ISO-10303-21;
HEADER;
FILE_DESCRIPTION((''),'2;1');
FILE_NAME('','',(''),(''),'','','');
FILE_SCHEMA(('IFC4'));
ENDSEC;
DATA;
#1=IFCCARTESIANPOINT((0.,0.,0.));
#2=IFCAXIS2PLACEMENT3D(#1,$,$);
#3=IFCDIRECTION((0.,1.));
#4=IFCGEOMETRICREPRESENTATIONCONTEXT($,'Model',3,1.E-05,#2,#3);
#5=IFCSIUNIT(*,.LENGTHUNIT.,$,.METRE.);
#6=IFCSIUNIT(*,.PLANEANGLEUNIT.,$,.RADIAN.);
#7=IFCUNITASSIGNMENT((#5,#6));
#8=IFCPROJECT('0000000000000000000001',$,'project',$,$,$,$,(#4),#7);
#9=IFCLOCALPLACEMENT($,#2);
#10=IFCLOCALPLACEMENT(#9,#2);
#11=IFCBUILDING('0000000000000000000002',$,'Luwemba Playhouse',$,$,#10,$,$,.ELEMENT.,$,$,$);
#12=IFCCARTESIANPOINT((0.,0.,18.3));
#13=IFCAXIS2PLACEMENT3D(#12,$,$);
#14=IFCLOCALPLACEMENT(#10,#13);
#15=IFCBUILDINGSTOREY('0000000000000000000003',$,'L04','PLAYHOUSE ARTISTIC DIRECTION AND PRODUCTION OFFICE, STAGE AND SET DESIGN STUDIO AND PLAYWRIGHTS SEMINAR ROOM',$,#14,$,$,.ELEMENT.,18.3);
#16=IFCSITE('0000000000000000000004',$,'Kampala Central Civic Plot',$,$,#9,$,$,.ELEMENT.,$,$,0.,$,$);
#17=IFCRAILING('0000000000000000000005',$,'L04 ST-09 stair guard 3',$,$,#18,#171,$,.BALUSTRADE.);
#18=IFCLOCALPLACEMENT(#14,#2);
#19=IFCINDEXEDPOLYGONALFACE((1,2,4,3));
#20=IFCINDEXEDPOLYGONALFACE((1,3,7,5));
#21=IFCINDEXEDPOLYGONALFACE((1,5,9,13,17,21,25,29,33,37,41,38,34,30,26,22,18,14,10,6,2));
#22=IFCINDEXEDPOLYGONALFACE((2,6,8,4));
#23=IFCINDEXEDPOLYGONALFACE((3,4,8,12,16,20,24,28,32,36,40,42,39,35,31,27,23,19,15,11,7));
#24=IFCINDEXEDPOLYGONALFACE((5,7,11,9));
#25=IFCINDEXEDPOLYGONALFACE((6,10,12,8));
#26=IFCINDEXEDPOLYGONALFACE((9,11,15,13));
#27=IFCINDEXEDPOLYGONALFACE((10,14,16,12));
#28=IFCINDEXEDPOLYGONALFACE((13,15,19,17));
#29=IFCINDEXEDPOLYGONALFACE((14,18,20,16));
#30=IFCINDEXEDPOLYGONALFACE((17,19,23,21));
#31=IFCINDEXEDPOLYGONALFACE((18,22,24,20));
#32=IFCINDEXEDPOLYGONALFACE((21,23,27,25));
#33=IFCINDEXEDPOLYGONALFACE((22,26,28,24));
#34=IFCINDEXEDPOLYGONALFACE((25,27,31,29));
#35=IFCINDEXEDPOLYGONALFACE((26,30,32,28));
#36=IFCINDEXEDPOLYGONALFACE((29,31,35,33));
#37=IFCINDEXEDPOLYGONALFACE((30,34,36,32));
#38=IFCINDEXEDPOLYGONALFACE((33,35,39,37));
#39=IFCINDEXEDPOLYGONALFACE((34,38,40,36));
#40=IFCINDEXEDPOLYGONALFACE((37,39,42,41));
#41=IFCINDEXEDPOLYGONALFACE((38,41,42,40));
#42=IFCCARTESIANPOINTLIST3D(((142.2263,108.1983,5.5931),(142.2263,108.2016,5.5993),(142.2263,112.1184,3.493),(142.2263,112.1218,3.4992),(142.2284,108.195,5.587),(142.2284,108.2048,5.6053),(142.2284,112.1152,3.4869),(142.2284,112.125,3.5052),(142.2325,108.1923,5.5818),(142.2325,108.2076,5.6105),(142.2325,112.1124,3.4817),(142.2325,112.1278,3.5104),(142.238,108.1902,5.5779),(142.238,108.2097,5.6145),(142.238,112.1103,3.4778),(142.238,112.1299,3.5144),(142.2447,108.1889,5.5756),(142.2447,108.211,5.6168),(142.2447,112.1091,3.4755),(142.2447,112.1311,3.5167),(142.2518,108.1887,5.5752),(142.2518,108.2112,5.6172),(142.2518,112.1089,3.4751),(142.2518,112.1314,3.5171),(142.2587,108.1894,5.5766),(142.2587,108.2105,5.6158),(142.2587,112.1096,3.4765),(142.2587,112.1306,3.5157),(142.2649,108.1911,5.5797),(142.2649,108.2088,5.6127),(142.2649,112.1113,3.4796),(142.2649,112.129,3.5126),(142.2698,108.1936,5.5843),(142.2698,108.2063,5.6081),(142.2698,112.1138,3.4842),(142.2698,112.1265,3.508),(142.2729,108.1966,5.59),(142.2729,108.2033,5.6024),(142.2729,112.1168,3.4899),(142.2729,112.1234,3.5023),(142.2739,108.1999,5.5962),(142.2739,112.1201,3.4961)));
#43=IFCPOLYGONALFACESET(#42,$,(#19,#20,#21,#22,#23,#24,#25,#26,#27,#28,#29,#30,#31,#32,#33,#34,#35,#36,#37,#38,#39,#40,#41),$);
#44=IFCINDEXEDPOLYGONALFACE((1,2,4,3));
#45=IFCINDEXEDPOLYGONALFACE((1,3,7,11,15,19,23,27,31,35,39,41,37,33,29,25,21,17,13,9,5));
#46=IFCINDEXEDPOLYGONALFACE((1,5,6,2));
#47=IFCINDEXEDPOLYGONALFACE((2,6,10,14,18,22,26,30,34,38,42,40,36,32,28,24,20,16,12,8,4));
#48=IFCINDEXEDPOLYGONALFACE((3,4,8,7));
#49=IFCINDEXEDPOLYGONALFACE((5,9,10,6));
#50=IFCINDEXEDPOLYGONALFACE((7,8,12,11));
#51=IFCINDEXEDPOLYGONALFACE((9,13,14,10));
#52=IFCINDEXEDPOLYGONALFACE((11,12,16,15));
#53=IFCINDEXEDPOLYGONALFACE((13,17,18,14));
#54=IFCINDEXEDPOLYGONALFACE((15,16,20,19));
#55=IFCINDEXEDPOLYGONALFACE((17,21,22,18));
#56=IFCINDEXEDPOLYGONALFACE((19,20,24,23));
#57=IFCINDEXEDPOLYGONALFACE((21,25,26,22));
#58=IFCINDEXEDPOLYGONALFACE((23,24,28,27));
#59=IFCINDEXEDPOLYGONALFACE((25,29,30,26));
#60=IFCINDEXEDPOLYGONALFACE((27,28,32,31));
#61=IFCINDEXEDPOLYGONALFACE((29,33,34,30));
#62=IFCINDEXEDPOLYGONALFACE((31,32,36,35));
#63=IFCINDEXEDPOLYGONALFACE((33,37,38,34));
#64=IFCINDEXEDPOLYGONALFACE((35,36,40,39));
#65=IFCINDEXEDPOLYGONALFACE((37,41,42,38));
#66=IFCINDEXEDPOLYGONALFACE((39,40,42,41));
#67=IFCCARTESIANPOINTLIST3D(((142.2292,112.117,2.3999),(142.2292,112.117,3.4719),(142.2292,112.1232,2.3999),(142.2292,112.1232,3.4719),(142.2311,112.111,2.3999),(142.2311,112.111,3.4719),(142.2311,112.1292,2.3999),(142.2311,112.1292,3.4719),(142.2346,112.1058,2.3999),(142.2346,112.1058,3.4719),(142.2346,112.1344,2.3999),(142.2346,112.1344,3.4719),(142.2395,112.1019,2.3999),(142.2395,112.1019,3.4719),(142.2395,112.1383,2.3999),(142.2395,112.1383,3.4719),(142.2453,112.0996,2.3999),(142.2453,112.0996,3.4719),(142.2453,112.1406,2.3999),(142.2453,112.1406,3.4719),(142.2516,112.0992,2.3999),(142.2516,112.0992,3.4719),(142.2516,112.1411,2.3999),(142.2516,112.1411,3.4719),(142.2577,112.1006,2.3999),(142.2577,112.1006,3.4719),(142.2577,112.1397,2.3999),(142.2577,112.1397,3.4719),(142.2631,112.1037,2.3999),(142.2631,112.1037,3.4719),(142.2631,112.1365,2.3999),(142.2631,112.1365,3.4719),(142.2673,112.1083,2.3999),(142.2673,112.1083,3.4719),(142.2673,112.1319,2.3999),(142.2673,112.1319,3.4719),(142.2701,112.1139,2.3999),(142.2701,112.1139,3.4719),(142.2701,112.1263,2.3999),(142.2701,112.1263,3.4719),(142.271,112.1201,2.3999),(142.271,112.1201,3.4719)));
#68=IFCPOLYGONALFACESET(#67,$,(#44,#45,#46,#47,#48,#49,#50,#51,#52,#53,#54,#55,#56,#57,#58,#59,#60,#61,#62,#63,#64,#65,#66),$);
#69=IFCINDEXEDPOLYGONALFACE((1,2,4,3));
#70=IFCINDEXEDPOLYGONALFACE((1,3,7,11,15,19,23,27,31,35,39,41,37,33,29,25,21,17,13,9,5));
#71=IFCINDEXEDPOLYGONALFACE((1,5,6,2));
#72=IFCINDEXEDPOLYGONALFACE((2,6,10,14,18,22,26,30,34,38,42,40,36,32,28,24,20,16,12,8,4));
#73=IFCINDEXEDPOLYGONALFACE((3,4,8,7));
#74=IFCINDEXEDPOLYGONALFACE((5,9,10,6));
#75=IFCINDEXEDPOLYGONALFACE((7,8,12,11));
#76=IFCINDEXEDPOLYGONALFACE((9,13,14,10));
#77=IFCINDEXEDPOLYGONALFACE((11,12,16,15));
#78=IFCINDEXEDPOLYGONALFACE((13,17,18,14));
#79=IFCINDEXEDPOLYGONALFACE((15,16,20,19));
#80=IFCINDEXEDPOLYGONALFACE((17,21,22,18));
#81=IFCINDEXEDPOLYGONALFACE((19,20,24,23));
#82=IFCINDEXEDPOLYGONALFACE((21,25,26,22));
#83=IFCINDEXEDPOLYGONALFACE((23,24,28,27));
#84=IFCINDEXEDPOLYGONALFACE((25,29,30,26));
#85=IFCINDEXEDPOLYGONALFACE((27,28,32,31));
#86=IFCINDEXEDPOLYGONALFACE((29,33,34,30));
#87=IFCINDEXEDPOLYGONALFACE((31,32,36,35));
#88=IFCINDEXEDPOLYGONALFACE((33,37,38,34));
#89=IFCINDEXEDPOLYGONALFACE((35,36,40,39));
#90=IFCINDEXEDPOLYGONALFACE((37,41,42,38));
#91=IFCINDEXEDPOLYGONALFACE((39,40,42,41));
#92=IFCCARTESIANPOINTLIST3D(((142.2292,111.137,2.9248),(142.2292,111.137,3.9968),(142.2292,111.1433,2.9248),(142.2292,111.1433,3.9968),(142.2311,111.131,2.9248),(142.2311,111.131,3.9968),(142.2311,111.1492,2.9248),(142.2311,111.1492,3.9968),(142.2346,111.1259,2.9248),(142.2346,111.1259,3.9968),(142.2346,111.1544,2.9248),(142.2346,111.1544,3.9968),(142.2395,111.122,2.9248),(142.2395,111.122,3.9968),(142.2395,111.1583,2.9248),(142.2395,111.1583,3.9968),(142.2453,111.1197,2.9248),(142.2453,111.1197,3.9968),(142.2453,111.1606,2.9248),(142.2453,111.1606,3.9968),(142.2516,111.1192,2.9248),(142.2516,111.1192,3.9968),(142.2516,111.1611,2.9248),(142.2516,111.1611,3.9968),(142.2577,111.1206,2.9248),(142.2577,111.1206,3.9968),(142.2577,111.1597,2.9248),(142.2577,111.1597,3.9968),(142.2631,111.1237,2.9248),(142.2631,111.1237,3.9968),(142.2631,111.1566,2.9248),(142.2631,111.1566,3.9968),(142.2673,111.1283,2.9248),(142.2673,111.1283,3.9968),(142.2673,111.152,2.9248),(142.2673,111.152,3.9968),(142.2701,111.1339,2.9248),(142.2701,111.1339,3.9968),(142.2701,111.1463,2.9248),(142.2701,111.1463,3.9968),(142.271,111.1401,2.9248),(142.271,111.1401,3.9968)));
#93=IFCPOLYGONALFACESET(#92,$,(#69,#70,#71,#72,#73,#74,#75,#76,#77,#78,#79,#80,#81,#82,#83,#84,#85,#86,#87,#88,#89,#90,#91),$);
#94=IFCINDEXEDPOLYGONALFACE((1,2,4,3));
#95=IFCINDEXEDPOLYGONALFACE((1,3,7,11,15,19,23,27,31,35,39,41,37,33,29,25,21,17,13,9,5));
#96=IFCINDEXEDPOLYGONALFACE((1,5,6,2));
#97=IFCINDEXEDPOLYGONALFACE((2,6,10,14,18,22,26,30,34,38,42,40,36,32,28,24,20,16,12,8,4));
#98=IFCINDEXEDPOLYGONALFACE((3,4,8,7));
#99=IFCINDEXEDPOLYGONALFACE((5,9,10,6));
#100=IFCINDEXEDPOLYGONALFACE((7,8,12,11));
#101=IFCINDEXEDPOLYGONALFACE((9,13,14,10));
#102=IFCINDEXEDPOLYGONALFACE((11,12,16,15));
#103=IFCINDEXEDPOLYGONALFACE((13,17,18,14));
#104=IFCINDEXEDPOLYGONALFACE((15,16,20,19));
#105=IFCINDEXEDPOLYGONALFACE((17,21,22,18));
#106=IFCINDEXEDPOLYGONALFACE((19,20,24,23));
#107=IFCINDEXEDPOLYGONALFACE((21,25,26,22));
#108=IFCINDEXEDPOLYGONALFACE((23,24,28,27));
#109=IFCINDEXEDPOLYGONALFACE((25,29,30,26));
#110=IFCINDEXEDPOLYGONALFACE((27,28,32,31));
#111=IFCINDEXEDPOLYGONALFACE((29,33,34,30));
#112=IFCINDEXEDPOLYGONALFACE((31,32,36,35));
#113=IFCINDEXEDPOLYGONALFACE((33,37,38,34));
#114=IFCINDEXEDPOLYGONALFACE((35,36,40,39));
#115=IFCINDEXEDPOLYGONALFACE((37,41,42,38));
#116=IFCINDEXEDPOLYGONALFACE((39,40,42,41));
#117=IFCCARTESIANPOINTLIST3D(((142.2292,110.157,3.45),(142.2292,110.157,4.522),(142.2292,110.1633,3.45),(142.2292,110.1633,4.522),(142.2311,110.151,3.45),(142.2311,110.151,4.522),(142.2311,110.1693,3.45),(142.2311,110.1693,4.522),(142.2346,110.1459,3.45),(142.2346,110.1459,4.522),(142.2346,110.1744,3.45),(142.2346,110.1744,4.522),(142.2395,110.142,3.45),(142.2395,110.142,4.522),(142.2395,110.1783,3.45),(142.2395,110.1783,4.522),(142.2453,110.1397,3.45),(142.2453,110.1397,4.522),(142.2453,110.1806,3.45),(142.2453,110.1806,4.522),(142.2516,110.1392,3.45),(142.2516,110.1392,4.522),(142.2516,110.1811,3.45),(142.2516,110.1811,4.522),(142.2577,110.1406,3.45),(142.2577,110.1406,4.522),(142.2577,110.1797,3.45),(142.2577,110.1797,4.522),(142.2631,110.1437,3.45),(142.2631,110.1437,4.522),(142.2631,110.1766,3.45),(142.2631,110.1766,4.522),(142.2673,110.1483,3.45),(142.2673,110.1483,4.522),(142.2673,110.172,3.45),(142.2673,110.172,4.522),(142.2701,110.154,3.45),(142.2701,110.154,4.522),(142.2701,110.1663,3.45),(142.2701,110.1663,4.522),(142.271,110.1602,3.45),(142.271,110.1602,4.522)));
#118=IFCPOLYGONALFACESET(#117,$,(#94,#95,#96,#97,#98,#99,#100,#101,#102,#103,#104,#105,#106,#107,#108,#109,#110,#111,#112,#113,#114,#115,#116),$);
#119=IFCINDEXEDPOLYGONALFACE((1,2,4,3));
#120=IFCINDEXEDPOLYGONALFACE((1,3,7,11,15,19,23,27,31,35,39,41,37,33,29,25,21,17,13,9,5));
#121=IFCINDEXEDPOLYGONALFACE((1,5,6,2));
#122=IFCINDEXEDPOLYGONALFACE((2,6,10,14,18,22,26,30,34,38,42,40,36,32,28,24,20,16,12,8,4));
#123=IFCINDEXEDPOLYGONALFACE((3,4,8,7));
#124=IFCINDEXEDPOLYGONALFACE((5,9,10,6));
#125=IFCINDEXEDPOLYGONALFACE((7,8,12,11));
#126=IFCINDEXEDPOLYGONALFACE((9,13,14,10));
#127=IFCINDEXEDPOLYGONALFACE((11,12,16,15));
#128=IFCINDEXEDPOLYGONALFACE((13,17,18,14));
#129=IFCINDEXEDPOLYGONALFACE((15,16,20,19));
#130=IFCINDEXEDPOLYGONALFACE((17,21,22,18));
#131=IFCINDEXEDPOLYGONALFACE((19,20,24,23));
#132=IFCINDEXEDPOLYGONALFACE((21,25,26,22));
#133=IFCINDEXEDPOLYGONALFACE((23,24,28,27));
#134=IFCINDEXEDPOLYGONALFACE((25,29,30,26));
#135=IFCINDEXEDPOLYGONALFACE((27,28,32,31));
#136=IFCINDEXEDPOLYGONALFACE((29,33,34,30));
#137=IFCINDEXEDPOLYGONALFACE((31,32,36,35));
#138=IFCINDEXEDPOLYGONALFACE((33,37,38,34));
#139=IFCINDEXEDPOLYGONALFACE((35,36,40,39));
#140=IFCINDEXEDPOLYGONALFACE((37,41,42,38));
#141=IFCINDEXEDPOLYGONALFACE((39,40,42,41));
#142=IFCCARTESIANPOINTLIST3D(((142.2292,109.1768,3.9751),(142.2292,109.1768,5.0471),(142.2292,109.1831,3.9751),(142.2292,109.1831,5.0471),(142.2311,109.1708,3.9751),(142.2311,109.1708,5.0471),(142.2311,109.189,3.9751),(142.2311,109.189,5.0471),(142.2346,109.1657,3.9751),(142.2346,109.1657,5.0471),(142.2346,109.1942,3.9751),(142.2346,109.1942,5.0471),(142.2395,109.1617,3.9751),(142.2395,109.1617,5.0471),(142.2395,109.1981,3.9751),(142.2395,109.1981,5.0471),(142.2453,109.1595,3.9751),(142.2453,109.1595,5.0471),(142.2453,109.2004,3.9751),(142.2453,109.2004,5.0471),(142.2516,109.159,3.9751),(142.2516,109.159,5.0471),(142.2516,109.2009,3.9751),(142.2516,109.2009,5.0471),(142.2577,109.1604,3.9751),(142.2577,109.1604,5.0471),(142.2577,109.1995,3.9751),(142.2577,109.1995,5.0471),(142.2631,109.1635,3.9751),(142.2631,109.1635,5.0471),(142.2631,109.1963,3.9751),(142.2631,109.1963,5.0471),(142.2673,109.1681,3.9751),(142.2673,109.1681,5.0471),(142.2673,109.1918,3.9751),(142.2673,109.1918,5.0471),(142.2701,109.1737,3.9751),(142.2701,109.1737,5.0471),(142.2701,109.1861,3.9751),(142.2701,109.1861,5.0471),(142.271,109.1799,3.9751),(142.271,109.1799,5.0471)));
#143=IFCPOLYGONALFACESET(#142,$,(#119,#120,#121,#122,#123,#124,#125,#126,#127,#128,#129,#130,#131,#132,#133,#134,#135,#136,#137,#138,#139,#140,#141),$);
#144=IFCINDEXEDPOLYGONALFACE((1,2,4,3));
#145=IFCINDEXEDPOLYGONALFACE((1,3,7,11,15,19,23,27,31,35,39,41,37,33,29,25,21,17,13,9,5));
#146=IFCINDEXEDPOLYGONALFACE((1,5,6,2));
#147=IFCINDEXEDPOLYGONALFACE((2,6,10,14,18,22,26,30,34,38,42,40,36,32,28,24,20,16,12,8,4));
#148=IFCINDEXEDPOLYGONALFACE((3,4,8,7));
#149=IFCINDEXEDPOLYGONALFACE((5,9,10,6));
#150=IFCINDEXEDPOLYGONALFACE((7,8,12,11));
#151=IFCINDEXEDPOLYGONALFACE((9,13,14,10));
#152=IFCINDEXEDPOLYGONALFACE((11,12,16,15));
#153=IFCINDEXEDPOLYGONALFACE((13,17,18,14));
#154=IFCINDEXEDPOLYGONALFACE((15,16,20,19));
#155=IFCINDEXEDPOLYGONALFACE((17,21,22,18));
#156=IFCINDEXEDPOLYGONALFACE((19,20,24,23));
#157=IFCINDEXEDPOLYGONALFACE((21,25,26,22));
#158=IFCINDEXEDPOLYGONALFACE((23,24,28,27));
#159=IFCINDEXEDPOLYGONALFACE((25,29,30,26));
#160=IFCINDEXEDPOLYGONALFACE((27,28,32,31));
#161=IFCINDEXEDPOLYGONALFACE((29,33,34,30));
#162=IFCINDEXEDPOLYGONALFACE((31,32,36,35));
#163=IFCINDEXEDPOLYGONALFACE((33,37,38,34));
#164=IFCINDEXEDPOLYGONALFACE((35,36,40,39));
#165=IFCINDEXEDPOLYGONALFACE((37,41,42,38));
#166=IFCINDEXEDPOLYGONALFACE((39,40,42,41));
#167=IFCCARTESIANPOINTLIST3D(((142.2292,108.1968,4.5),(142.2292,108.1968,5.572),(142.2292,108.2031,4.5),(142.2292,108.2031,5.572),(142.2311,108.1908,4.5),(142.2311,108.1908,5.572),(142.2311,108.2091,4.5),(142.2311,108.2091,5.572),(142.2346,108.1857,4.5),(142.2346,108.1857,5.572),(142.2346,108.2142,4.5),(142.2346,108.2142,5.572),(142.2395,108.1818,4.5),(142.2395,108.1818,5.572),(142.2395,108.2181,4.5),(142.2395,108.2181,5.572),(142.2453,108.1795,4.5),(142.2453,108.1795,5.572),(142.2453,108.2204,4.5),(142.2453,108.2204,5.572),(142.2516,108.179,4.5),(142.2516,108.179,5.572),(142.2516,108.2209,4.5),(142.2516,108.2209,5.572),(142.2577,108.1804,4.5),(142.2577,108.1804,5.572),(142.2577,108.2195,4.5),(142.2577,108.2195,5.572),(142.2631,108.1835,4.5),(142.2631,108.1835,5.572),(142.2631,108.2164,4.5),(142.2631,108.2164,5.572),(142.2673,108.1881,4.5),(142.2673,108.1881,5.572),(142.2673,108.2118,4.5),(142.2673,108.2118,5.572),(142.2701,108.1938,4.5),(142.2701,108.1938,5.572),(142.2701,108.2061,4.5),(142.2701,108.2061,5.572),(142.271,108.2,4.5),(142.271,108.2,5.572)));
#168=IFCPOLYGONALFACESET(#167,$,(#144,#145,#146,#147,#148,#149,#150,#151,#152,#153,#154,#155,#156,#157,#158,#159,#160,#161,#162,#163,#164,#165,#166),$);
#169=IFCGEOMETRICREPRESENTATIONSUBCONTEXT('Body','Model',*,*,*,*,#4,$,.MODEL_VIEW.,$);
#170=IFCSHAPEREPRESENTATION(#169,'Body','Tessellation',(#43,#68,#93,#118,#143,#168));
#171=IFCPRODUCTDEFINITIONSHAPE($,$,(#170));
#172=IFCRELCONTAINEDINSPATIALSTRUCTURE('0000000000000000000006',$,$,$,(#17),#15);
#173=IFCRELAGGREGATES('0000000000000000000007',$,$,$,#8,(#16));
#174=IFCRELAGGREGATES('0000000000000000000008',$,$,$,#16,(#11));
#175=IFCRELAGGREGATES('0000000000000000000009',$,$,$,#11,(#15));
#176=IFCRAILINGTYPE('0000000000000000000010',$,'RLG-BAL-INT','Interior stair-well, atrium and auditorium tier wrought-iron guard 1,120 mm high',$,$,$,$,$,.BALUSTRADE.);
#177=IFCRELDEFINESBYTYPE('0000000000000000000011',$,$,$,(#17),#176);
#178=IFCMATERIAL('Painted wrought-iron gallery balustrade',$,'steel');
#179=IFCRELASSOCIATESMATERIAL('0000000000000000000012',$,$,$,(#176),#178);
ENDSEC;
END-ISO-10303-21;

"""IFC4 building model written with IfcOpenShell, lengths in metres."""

from ifc_helpers import new_model, si_unit, direction, frame, origin, origin_2d, place, context, subcontext, project, spatial, circle, extrude, material, type_object, element, save


model = new_model("IFC4")

# Units and contexts
model_context = context("Model", 3, precision=1e-05, world=origin(), true_north=direction((0.0, 1.0)))
body_context = subcontext(model_context, "Body", "Model", "MODEL_VIEW")
ifc_project = project(units=[si_unit("LENGTHUNIT", "METRE"), si_unit("PLANEANGLEUNIT", "RADIAN")], contexts=[model_context])

# Site, building, storey
site_placement = place(None, origin())
site = spatial("IfcSite", under=ifc_project, at=site_placement, Name="Kampala Central Civic Plot", CompositionType="ELEMENT", RefElevation=0.0)
building_placement = place(site_placement, origin())
building = spatial("IfcBuilding", under=site, at=building_placement, Name="Luwemba Playhouse", CompositionType="ELEMENT")
storey_placement = place(building_placement, frame((0.0, 0.0, 18.3)))
storey = spatial("IfcBuildingStorey", under=building, at=storey_placement, Name="L04", Description="PLAYHOUSE ARTISTIC DIRECTION AND PRODUCTION OFFICE, STAGE AND SET DESIGN STUDIO AND PLAYWRIGHTS SEMINAR ROOM", CompositionType="ELEMENT", Elevation=18.3)

# Railing
ifc_material_1 = material(Name="Painted wrought-iron gallery balustrade", Category="steel")
railing_type_1 = type_object("IfcRailingType", Name="RLG-BAL-INT", Description="Interior stair-well, atrium and auditorium tier wrought-iron guard 1,120 mm high", PredefinedType="BALUSTRADE", material=ifc_material_1)
railing_1_placement = place(storey_placement, frame((142.25, 112.1201, 2.3999)))
element("IfcRailing", 1, at=railing_1_placement, inside=storey, type_object=railing_type_1, Name="L04 ST-09 stair guard 3", PredefinedType="BALUSTRADE", context=body_context, shape_type="SweptSolid", body=[
    extrude(circle(Radius=0.0239, at=origin_2d()), frame((0.0, 0.0, 1.0962), z_axis=(0.0, -0.881479, 0.472223), x_axis=(1.0, 0.0, 0.0)), (0.0, 0.0, 1.0), 4.4473),
    extrude(circle(Radius=0.021, at=origin_2d()), origin(), (0.0, 0.0, 1.0), 1.072),
    extrude(circle(Radius=0.021, at=origin_2d()), frame((0.0, -0.98, 0.5249)), (0.0, 0.0, 1.0), 1.072),
    extrude(circle(Radius=0.021, at=origin_2d()), frame((0.0, -1.96, 1.05)), (0.0, 0.0, 1.0), 1.072),
    extrude(circle(Radius=0.021, at=origin_2d()), frame((0.0, -2.9402, 1.5752)), (0.0, 0.0, 1.0), 1.072),
    extrude(circle(Radius=0.021, at=origin_2d()), frame((0.0, -3.9202, 2.1001)), (0.0, 0.0, 1.0), 1.072),
])

save(model, "model.ifc")
